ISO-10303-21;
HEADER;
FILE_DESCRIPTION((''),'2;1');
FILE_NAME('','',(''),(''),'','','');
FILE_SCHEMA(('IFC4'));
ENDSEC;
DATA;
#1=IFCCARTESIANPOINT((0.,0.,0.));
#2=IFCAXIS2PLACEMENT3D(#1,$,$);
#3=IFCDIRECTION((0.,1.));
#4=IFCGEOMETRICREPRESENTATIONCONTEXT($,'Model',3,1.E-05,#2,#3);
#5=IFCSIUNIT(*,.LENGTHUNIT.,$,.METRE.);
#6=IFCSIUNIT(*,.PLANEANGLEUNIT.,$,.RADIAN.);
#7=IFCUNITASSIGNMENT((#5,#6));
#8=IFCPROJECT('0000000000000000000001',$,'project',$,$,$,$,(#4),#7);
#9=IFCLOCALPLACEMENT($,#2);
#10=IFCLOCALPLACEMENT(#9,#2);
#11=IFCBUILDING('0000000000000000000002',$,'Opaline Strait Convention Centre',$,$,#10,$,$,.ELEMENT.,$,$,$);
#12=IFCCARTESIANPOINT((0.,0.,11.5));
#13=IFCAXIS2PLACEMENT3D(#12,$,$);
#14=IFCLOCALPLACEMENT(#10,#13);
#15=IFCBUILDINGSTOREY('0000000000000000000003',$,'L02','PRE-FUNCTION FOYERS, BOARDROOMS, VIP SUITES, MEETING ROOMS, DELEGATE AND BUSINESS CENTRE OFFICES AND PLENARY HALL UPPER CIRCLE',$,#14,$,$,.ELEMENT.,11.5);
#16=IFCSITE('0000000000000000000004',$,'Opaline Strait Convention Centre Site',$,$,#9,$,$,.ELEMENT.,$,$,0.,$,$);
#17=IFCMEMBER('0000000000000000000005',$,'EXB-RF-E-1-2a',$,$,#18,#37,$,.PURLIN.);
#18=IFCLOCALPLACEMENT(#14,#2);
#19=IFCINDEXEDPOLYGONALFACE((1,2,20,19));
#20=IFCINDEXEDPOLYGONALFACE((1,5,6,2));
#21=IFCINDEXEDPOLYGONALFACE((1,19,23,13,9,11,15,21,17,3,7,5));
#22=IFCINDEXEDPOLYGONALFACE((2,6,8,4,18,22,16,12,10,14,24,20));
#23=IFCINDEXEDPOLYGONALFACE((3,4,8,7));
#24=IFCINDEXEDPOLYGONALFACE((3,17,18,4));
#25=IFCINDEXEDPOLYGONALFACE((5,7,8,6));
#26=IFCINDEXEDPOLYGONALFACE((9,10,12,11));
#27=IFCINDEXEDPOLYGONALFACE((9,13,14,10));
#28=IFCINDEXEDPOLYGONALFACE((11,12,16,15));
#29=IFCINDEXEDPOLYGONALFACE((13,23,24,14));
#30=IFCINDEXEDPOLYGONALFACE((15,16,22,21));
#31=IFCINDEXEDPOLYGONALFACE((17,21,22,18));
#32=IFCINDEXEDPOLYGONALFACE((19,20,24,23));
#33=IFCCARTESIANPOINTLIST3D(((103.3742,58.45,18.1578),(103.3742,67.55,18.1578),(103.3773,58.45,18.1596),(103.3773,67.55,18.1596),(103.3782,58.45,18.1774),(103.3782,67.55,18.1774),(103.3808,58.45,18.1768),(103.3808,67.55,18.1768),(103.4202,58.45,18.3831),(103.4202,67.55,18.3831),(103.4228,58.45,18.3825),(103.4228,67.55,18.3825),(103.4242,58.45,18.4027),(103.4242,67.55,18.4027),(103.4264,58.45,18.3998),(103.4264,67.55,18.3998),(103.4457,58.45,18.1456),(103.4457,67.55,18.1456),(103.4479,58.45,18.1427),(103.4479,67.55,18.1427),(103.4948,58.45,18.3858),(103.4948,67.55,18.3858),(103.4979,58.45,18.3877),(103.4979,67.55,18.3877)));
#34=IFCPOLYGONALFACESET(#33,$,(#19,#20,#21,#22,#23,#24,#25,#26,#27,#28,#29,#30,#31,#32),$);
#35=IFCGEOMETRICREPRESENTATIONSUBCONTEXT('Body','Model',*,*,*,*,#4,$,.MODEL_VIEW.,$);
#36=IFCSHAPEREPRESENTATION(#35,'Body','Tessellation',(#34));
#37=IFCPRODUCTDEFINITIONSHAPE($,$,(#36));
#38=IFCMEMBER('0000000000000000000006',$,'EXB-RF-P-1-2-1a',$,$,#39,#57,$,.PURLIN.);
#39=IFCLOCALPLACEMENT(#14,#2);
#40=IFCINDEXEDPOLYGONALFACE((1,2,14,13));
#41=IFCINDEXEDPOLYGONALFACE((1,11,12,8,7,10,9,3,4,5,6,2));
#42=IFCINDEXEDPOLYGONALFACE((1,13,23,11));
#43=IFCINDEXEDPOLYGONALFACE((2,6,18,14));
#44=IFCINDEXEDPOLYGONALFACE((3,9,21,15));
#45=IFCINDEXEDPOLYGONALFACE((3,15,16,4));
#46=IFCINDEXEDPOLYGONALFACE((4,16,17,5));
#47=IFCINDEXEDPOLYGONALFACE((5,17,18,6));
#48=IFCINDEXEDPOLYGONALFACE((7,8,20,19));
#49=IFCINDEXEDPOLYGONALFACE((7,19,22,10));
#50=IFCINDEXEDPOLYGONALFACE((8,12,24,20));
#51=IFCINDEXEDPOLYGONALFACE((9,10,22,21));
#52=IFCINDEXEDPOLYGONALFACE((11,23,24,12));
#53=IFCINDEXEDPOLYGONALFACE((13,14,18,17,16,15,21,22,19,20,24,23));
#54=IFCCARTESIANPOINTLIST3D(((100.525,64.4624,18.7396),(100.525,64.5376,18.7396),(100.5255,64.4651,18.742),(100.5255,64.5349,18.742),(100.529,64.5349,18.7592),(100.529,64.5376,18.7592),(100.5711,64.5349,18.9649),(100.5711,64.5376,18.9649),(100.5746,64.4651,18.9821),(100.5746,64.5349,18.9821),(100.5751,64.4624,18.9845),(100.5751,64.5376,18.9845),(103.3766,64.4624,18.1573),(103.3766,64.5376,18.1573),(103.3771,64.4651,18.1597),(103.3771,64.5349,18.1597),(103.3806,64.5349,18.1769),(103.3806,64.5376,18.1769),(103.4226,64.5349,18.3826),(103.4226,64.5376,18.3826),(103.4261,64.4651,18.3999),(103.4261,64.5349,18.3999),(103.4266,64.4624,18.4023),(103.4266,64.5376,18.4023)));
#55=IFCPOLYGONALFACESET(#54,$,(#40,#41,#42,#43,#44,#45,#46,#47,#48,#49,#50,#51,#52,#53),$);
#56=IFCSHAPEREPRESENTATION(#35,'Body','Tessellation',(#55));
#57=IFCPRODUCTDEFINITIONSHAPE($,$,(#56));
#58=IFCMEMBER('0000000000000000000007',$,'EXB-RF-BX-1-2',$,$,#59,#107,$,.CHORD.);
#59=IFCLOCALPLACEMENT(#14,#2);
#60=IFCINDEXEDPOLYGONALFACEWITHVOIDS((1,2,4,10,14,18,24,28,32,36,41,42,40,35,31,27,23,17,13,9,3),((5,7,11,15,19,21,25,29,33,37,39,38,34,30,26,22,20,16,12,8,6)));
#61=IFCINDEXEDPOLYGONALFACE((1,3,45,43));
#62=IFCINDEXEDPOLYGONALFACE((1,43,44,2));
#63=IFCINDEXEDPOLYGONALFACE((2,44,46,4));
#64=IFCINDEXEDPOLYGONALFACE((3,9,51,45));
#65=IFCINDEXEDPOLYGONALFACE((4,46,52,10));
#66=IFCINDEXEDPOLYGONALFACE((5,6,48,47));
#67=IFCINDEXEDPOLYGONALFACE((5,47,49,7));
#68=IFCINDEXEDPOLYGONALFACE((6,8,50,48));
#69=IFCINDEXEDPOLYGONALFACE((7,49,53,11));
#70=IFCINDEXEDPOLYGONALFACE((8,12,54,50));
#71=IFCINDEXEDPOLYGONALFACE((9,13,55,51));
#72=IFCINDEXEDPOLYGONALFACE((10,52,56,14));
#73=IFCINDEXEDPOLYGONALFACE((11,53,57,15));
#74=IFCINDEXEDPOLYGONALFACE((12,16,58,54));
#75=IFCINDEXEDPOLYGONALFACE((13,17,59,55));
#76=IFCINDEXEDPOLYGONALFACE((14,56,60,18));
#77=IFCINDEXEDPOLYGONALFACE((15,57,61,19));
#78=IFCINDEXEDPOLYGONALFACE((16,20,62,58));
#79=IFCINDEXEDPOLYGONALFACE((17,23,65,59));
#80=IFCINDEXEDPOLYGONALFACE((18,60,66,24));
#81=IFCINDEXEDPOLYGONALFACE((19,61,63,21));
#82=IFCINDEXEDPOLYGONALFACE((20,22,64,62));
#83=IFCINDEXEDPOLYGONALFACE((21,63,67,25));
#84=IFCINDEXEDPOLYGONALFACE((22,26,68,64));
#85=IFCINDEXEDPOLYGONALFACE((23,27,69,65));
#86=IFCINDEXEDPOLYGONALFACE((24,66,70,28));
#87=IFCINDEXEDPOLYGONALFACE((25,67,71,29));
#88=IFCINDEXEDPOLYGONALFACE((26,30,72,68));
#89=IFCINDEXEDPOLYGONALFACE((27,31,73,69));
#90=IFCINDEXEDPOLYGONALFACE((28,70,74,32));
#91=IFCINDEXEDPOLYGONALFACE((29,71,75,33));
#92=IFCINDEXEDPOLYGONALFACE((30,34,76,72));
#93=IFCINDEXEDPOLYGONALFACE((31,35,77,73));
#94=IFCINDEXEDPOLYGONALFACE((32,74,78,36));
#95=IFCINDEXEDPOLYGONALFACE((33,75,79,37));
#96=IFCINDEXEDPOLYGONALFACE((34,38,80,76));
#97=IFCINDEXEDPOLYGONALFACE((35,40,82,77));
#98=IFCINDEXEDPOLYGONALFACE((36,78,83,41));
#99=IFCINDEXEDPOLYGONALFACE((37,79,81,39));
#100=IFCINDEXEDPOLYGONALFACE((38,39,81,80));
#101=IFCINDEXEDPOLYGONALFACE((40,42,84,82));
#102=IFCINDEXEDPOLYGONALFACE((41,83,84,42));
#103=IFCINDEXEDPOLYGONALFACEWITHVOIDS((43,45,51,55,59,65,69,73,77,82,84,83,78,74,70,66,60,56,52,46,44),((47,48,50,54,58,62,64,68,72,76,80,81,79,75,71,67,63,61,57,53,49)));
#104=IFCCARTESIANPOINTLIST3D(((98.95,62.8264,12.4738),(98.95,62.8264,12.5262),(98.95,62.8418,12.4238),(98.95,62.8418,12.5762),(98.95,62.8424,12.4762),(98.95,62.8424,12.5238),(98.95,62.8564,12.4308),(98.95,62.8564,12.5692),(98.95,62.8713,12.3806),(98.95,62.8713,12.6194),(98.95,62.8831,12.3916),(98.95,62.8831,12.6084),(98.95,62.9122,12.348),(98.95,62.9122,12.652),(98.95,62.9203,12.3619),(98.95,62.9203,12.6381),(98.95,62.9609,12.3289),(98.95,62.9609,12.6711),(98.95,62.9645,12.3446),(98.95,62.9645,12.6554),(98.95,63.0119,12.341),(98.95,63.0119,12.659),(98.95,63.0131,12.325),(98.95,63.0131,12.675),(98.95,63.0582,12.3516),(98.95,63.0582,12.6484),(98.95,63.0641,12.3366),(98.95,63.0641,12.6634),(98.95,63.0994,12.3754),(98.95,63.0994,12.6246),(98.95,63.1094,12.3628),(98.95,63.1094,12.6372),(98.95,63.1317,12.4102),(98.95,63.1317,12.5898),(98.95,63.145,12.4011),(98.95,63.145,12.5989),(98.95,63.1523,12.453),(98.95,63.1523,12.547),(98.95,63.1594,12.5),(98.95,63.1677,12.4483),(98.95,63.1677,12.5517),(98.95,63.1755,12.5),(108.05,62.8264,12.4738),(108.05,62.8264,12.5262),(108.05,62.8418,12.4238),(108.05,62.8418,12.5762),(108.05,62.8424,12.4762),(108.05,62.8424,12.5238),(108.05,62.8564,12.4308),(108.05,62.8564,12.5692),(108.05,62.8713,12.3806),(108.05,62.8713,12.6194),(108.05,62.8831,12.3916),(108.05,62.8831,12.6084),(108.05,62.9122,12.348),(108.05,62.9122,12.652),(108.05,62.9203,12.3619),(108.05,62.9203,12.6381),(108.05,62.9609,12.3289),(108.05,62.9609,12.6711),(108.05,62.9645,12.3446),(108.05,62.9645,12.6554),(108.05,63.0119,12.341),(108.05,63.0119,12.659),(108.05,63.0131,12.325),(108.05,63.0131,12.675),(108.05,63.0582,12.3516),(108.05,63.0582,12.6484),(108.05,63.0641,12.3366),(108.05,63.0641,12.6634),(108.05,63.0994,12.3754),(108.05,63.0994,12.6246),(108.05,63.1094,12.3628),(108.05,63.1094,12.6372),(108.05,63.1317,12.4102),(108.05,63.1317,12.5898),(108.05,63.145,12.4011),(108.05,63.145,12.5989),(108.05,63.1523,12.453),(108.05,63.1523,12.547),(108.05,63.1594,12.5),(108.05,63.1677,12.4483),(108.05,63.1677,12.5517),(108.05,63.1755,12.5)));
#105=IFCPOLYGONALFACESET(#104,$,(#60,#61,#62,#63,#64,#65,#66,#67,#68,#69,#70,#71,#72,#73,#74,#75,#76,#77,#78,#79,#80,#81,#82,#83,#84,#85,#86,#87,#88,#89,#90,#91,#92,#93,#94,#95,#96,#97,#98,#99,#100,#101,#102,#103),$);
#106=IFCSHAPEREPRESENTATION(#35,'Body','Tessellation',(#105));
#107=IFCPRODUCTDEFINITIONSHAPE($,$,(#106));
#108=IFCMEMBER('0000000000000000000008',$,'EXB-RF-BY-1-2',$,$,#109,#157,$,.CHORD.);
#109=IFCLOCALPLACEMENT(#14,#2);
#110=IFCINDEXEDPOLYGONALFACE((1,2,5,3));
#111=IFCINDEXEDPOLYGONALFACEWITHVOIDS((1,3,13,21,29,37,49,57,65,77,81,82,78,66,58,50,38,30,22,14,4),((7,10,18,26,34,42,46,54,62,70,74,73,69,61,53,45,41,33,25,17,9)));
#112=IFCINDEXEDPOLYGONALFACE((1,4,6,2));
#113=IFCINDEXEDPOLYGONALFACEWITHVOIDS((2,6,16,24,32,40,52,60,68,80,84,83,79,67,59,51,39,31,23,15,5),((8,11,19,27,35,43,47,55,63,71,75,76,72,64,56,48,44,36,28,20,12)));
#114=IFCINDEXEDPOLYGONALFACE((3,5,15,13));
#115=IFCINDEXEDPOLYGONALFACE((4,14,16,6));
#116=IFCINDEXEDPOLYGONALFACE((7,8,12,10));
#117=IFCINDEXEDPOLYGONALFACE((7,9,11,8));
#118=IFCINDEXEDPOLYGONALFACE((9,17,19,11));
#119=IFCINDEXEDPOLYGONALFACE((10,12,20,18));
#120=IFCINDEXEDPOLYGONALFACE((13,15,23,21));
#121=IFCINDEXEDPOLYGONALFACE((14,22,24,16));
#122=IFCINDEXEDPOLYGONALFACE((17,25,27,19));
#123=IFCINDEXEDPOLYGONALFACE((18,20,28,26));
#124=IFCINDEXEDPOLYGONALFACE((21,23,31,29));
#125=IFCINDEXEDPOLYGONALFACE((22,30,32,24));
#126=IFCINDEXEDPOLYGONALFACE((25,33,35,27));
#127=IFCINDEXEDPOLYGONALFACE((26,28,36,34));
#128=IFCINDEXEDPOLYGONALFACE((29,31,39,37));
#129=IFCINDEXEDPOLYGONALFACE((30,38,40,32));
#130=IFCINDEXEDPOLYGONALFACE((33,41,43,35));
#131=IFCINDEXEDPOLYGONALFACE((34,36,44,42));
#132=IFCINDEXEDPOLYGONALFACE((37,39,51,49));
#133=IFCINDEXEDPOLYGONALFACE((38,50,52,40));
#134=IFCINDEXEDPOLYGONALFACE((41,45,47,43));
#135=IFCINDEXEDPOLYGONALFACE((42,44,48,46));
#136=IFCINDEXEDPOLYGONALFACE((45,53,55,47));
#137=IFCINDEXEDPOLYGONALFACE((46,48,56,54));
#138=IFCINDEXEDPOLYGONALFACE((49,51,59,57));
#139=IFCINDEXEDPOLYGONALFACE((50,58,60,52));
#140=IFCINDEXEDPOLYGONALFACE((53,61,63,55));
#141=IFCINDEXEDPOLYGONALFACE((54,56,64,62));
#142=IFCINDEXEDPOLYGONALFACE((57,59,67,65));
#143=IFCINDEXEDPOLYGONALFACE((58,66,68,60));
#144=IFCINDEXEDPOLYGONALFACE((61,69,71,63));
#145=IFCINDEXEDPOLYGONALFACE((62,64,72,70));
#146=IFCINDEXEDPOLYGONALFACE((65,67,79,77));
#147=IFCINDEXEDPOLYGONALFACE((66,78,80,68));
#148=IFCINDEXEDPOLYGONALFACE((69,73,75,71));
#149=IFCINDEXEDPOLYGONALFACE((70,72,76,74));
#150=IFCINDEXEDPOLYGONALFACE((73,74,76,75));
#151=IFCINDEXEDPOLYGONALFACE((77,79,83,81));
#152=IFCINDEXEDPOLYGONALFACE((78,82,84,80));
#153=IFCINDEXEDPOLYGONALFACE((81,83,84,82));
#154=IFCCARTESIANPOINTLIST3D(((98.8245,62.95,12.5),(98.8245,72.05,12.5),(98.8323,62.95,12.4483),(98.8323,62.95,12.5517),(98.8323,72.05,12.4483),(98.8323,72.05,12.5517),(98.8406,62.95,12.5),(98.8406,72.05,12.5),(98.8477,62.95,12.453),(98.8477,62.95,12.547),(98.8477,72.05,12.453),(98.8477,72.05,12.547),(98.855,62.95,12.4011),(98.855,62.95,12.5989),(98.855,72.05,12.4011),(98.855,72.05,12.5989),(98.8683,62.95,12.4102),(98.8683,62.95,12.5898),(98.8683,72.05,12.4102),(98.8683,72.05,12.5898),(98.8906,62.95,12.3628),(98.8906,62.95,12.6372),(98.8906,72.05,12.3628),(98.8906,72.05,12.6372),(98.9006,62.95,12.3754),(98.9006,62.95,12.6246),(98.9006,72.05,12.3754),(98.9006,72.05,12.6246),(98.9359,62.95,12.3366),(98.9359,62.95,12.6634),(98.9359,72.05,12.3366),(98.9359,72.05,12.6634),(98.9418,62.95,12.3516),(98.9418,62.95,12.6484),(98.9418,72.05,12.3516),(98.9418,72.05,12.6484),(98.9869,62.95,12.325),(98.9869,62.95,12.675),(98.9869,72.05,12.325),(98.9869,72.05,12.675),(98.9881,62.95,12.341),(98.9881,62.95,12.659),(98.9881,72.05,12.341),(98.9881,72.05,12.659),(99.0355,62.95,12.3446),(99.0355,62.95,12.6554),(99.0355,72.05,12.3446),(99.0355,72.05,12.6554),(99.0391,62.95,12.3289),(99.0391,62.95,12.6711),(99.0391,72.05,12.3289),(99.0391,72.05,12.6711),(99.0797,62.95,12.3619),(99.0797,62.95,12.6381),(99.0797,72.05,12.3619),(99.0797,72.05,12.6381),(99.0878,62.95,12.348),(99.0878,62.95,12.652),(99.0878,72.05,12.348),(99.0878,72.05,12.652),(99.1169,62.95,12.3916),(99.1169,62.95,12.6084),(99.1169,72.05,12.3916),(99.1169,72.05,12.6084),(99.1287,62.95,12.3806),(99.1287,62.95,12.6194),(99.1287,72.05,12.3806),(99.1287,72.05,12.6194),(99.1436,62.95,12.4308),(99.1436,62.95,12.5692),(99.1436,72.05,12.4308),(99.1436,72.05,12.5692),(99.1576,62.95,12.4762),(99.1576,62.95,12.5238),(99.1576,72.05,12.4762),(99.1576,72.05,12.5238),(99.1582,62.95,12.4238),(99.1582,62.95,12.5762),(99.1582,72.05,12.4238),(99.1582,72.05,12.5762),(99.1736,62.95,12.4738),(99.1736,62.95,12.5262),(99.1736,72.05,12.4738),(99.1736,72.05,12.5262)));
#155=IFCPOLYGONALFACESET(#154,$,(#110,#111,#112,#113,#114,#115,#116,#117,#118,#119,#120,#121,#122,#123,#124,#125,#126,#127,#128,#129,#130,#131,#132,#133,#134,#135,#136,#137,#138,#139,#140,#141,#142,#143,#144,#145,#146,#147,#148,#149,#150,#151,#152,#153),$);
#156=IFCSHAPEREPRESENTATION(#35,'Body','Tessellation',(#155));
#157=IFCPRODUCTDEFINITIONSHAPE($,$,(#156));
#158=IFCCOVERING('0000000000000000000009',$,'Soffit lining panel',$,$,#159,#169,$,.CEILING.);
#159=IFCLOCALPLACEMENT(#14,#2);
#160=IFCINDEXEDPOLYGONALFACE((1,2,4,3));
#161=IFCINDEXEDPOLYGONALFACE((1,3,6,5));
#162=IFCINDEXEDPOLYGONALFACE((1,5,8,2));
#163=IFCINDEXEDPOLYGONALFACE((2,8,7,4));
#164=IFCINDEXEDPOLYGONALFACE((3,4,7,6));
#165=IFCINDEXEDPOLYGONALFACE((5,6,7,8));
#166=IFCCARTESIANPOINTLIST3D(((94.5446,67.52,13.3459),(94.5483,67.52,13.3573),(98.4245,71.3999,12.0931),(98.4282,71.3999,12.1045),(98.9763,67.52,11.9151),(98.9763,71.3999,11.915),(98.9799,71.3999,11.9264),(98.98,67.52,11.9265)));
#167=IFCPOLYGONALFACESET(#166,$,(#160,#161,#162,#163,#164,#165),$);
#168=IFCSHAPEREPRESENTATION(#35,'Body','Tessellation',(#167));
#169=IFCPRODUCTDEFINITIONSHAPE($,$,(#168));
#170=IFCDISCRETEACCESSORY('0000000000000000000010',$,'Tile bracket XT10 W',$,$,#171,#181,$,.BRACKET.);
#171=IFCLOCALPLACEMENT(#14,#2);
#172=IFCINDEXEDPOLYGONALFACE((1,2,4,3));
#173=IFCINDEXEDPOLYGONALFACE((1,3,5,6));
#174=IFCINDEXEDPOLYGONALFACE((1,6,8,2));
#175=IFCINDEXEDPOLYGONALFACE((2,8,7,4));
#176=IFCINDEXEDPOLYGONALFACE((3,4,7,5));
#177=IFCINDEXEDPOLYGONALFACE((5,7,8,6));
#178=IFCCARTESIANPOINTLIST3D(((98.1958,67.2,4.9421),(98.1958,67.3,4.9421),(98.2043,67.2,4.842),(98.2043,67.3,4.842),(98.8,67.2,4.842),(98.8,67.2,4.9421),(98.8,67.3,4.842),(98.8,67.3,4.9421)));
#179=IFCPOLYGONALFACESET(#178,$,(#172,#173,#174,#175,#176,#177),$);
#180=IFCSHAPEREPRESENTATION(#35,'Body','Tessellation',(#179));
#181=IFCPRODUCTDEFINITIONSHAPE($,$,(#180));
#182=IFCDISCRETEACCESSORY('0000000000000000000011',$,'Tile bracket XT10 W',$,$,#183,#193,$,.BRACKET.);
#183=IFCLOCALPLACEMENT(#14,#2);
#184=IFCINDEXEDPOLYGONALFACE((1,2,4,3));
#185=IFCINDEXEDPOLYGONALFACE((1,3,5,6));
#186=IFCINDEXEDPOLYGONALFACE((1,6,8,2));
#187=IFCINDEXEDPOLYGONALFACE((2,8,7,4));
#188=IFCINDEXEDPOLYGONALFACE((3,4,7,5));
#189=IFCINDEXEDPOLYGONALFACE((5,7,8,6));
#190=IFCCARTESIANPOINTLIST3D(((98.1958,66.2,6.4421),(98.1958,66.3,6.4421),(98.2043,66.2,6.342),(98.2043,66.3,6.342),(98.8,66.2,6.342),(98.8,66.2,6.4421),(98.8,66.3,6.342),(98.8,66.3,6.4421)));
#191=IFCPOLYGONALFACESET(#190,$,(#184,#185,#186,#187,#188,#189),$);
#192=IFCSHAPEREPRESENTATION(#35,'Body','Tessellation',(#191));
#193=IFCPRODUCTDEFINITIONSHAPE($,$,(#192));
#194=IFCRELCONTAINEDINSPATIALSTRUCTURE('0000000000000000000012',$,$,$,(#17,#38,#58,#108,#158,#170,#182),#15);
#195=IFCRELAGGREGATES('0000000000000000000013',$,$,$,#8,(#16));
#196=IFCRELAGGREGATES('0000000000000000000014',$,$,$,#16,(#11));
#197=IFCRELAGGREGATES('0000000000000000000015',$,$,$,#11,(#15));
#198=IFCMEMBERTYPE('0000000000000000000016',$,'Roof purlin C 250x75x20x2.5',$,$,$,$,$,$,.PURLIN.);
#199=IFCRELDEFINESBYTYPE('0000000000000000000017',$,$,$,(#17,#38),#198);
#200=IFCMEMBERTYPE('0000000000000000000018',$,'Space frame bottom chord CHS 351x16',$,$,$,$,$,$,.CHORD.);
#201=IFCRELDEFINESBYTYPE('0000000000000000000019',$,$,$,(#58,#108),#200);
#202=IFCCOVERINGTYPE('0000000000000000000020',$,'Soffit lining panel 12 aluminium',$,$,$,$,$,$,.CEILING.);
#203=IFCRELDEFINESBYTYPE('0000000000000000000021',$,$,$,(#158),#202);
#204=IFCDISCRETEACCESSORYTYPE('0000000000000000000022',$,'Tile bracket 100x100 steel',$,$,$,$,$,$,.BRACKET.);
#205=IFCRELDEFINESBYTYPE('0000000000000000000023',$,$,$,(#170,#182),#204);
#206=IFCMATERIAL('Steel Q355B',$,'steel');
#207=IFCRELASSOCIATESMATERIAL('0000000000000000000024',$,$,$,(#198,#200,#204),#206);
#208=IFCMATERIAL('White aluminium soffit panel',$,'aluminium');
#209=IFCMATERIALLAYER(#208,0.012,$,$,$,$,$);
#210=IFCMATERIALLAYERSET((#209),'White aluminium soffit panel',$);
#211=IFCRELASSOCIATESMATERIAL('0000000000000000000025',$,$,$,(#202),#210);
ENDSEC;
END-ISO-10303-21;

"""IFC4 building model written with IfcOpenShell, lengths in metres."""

from ifc_helpers import new_model, si_unit, direction, frame, origin, origin_2d, place, context, subcontext, project, spatial, polyline, hollow_circle, outline, extrude, material, layer, layer_set, material_profile, profile_set, type_object, element, save


model = new_model("IFC4")

# Units and contexts
model_context = context("Model", 3, precision=1e-05, world=origin(), true_north=direction((0.0, 1.0)))
body_context = subcontext(model_context, "Body", "Model", "MODEL_VIEW")
ifc_project = project(units=[si_unit("LENGTHUNIT", "METRE"), si_unit("PLANEANGLEUNIT", "RADIAN")], contexts=[model_context])

# Site, building, storey
site_placement = place(None, origin())
site = spatial("IfcSite", under=ifc_project, at=site_placement, Name="Opaline Strait Convention Centre Site", CompositionType="ELEMENT", RefElevation=0.0)
building_placement = place(site_placement, origin())
building = spatial("IfcBuilding", under=site, at=building_placement, Name="Opaline Strait Convention Centre", CompositionType="ELEMENT")
storey_placement = place(building_placement, frame((0.0, 0.0, 11.5)))
storey = spatial("IfcBuildingStorey", under=building, at=storey_placement, Name="L02", Description="PRE-FUNCTION FOYERS, BOARDROOMS, VIP SUITES, MEETING ROOMS, DELEGATE AND BUSINESS CENTRE OFFICES AND PLENARY HALL UPPER CIRCLE", CompositionType="ELEMENT", Elevation=11.5)

# Members
ifc_material_1 = material(Name="Steel Q355B", Category="steel")
ifc_material_profile_1 = material_profile(ifc_material_1, outline(polyline([(-0.0376, -0.125), (0.0376, -0.125), (0.0376, -0.105), (0.0349, -0.105), (0.0349, -0.1226), (-0.0349, -0.1226), (-0.0349, 0.1226), (0.0349, 0.1226), (0.0349, 0.105), (0.0376, 0.105), (0.0376, 0.125), (-0.0376, 0.125), (-0.0376, -0.125)])), Name="C 250x75x20x2.5")
ifc_profile_set_1 = profile_set([ifc_material_profile_1], Name="Steel Q355B")
member_type_1 = type_object("IfcMemberType", Name="Roof purlin C 250x75x20x2.5", PredefinedType="PURLIN", material=ifc_profile_set_1)
member_1_placement = place(storey_placement, frame((103.436, 58.45, 18.2727), z_axis=(0.0, 1.0, 0.0), x_axis=(-0.97978, 0.0, 0.200078)))
element("IfcMember", 1, at=member_1_placement, inside=storey, type_object=member_type_1, Name="EXB-RF-E-1-2a", PredefinedType="PURLIN", context=body_context, shape_type="SweptSolid", body=[
    extrude(outline(polyline([(-0.0376, -0.125), (0.0376, -0.125), (0.0376, -0.105), (0.0349, -0.105), (0.0349, -0.1226), (-0.0349, -0.1226), (-0.0349, 0.1226), (0.0349, 0.1226), (0.0349, 0.105), (0.0376, 0.105), (0.0376, 0.125), (-0.0376, 0.125), (-0.0376, -0.125)])), origin(), (0.0, 0.0, 1.0), 9.1001),
])
member_2_placement = place(storey_placement, frame((100.55, 64.5, 18.8621), z_axis=(0.979782, 0.0, -0.200067), x_axis=(0.0, 1.0, 0.0)))
element("IfcMember", 2, at=member_2_placement, inside=storey, type_object=member_type_1, Name="EXB-RF-P-1-2-1a", PredefinedType="PURLIN", context=body_context, shape_type="SweptSolid", body=[
    extrude(outline(polyline([(-0.0376, -0.125), (0.0376, -0.125), (0.0376, -0.105), (0.0349, -0.105), (0.0349, -0.1226), (-0.0349, -0.1226), (-0.0349, 0.1226), (0.0349, 0.1226), (0.0349, 0.105), (0.0376, 0.105), (0.0376, 0.125), (-0.0376, 0.125), (-0.0376, -0.125)])), origin(), (0.0, 0.0, 1.0), 2.9104),
])
ifc_material_profile_2 = material_profile(ifc_material_1, hollow_circle(Radius=0.1755, WallThickness=0.0161, at=origin_2d()), Name="CHS 351x16")
ifc_profile_set_2 = profile_set([ifc_material_profile_2], Name="Steel Q355B")
member_type_2 = type_object("IfcMemberType", Name="Space frame bottom chord CHS 351x16", PredefinedType="CHORD", material=ifc_profile_set_2)
for number, where, z_axis, x_axis, name in (
    (3, (98.95, 63.0, 12.5), (1.0, 0.0, 0.0), (0.0, 1.0, 0.0), "EXB-RF-BX-1-2"),
    (4, (99.0, 62.95, 12.5), (0.0, 1.0, 0.0), (-1.0, 0.0, 0.0), "EXB-RF-BY-1-2"),
):
    element("IfcMember", number, at=place(storey_placement, frame(where, z_axis=z_axis, x_axis=x_axis)), inside=storey, type_object=member_type_2, Name=name, PredefinedType="CHORD", context=body_context, shape_type="SweptSolid", body=[
        extrude(hollow_circle(Radius=0.1755, WallThickness=0.0161, at=origin_2d()), origin(), (0.0, 0.0, 1.0), 9.1001),
    ])

# Covering
ifc_material_2 = material(Name="White aluminium soffit panel", Category="aluminium")
ifc_layer = layer(ifc_material_2, 0.012)
ifc_layer_set = layer_set([ifc_layer], Name="White aluminium soffit panel")
covering_type = type_object("IfcCoveringType", Name="Soffit lining panel 12 aluminium", PredefinedType="CEILING", material=ifc_layer_set)
covering_placement = place(storey_placement, frame((98.98, 67.52, 11.9265), z_axis=(0.307234, 0.000038, 0.951634), x_axis=(-0.951634, 0.0, 0.307234)))
element("IfcCovering", 5, at=covering_placement, inside=storey, type_object=covering_type, Name="Soffit lining panel", PredefinedType="CEILING", context=body_context, shape_type="SweptSolid", body=[
    extrude(outline(polyline([(0.0, 0.0), (4.6569, 0.0), (0.5798, -3.8799), (0.0, -3.8799), (0.0, 0.0)])), origin(), (0.0, 0.0, -1.0), 0.012),
])

# Discrete accessories
discrete_accessory_type = type_object("IfcDiscreteAccessoryType", Name="Tile bracket 100x100 steel", PredefinedType="BRACKET", material=ifc_material_1)
for number, where, z_axis, x_axis, name in (
    (6, (98.8, 67.3, 4.8921), (0.0, -1.0, 0.0), (1.0, 0.0, 0.0), "Tile bracket XT10 W"),
    (7, (98.8, 66.3, 6.3921), (0.0, -1.0, 0.0), (1.0, 0.0, 0.0), "Tile bracket XT10 W"),
):
    element("IfcDiscreteAccessory", number, at=place(storey_placement, frame(where, z_axis=z_axis, x_axis=x_axis)), inside=storey, type_object=discrete_accessory_type, Name=name, PredefinedType="BRACKET", context=body_context, shape_type="SweptSolid", body=[
        extrude(outline(polyline([(0.0, -0.05), (0.0, 0.05), (-0.6042, 0.05), (-0.5957, -0.05), (0.0, -0.05)])), origin(), (0.0, 0.0, 1.0), 0.1001),
    ])

save(model, "model.ifc")
